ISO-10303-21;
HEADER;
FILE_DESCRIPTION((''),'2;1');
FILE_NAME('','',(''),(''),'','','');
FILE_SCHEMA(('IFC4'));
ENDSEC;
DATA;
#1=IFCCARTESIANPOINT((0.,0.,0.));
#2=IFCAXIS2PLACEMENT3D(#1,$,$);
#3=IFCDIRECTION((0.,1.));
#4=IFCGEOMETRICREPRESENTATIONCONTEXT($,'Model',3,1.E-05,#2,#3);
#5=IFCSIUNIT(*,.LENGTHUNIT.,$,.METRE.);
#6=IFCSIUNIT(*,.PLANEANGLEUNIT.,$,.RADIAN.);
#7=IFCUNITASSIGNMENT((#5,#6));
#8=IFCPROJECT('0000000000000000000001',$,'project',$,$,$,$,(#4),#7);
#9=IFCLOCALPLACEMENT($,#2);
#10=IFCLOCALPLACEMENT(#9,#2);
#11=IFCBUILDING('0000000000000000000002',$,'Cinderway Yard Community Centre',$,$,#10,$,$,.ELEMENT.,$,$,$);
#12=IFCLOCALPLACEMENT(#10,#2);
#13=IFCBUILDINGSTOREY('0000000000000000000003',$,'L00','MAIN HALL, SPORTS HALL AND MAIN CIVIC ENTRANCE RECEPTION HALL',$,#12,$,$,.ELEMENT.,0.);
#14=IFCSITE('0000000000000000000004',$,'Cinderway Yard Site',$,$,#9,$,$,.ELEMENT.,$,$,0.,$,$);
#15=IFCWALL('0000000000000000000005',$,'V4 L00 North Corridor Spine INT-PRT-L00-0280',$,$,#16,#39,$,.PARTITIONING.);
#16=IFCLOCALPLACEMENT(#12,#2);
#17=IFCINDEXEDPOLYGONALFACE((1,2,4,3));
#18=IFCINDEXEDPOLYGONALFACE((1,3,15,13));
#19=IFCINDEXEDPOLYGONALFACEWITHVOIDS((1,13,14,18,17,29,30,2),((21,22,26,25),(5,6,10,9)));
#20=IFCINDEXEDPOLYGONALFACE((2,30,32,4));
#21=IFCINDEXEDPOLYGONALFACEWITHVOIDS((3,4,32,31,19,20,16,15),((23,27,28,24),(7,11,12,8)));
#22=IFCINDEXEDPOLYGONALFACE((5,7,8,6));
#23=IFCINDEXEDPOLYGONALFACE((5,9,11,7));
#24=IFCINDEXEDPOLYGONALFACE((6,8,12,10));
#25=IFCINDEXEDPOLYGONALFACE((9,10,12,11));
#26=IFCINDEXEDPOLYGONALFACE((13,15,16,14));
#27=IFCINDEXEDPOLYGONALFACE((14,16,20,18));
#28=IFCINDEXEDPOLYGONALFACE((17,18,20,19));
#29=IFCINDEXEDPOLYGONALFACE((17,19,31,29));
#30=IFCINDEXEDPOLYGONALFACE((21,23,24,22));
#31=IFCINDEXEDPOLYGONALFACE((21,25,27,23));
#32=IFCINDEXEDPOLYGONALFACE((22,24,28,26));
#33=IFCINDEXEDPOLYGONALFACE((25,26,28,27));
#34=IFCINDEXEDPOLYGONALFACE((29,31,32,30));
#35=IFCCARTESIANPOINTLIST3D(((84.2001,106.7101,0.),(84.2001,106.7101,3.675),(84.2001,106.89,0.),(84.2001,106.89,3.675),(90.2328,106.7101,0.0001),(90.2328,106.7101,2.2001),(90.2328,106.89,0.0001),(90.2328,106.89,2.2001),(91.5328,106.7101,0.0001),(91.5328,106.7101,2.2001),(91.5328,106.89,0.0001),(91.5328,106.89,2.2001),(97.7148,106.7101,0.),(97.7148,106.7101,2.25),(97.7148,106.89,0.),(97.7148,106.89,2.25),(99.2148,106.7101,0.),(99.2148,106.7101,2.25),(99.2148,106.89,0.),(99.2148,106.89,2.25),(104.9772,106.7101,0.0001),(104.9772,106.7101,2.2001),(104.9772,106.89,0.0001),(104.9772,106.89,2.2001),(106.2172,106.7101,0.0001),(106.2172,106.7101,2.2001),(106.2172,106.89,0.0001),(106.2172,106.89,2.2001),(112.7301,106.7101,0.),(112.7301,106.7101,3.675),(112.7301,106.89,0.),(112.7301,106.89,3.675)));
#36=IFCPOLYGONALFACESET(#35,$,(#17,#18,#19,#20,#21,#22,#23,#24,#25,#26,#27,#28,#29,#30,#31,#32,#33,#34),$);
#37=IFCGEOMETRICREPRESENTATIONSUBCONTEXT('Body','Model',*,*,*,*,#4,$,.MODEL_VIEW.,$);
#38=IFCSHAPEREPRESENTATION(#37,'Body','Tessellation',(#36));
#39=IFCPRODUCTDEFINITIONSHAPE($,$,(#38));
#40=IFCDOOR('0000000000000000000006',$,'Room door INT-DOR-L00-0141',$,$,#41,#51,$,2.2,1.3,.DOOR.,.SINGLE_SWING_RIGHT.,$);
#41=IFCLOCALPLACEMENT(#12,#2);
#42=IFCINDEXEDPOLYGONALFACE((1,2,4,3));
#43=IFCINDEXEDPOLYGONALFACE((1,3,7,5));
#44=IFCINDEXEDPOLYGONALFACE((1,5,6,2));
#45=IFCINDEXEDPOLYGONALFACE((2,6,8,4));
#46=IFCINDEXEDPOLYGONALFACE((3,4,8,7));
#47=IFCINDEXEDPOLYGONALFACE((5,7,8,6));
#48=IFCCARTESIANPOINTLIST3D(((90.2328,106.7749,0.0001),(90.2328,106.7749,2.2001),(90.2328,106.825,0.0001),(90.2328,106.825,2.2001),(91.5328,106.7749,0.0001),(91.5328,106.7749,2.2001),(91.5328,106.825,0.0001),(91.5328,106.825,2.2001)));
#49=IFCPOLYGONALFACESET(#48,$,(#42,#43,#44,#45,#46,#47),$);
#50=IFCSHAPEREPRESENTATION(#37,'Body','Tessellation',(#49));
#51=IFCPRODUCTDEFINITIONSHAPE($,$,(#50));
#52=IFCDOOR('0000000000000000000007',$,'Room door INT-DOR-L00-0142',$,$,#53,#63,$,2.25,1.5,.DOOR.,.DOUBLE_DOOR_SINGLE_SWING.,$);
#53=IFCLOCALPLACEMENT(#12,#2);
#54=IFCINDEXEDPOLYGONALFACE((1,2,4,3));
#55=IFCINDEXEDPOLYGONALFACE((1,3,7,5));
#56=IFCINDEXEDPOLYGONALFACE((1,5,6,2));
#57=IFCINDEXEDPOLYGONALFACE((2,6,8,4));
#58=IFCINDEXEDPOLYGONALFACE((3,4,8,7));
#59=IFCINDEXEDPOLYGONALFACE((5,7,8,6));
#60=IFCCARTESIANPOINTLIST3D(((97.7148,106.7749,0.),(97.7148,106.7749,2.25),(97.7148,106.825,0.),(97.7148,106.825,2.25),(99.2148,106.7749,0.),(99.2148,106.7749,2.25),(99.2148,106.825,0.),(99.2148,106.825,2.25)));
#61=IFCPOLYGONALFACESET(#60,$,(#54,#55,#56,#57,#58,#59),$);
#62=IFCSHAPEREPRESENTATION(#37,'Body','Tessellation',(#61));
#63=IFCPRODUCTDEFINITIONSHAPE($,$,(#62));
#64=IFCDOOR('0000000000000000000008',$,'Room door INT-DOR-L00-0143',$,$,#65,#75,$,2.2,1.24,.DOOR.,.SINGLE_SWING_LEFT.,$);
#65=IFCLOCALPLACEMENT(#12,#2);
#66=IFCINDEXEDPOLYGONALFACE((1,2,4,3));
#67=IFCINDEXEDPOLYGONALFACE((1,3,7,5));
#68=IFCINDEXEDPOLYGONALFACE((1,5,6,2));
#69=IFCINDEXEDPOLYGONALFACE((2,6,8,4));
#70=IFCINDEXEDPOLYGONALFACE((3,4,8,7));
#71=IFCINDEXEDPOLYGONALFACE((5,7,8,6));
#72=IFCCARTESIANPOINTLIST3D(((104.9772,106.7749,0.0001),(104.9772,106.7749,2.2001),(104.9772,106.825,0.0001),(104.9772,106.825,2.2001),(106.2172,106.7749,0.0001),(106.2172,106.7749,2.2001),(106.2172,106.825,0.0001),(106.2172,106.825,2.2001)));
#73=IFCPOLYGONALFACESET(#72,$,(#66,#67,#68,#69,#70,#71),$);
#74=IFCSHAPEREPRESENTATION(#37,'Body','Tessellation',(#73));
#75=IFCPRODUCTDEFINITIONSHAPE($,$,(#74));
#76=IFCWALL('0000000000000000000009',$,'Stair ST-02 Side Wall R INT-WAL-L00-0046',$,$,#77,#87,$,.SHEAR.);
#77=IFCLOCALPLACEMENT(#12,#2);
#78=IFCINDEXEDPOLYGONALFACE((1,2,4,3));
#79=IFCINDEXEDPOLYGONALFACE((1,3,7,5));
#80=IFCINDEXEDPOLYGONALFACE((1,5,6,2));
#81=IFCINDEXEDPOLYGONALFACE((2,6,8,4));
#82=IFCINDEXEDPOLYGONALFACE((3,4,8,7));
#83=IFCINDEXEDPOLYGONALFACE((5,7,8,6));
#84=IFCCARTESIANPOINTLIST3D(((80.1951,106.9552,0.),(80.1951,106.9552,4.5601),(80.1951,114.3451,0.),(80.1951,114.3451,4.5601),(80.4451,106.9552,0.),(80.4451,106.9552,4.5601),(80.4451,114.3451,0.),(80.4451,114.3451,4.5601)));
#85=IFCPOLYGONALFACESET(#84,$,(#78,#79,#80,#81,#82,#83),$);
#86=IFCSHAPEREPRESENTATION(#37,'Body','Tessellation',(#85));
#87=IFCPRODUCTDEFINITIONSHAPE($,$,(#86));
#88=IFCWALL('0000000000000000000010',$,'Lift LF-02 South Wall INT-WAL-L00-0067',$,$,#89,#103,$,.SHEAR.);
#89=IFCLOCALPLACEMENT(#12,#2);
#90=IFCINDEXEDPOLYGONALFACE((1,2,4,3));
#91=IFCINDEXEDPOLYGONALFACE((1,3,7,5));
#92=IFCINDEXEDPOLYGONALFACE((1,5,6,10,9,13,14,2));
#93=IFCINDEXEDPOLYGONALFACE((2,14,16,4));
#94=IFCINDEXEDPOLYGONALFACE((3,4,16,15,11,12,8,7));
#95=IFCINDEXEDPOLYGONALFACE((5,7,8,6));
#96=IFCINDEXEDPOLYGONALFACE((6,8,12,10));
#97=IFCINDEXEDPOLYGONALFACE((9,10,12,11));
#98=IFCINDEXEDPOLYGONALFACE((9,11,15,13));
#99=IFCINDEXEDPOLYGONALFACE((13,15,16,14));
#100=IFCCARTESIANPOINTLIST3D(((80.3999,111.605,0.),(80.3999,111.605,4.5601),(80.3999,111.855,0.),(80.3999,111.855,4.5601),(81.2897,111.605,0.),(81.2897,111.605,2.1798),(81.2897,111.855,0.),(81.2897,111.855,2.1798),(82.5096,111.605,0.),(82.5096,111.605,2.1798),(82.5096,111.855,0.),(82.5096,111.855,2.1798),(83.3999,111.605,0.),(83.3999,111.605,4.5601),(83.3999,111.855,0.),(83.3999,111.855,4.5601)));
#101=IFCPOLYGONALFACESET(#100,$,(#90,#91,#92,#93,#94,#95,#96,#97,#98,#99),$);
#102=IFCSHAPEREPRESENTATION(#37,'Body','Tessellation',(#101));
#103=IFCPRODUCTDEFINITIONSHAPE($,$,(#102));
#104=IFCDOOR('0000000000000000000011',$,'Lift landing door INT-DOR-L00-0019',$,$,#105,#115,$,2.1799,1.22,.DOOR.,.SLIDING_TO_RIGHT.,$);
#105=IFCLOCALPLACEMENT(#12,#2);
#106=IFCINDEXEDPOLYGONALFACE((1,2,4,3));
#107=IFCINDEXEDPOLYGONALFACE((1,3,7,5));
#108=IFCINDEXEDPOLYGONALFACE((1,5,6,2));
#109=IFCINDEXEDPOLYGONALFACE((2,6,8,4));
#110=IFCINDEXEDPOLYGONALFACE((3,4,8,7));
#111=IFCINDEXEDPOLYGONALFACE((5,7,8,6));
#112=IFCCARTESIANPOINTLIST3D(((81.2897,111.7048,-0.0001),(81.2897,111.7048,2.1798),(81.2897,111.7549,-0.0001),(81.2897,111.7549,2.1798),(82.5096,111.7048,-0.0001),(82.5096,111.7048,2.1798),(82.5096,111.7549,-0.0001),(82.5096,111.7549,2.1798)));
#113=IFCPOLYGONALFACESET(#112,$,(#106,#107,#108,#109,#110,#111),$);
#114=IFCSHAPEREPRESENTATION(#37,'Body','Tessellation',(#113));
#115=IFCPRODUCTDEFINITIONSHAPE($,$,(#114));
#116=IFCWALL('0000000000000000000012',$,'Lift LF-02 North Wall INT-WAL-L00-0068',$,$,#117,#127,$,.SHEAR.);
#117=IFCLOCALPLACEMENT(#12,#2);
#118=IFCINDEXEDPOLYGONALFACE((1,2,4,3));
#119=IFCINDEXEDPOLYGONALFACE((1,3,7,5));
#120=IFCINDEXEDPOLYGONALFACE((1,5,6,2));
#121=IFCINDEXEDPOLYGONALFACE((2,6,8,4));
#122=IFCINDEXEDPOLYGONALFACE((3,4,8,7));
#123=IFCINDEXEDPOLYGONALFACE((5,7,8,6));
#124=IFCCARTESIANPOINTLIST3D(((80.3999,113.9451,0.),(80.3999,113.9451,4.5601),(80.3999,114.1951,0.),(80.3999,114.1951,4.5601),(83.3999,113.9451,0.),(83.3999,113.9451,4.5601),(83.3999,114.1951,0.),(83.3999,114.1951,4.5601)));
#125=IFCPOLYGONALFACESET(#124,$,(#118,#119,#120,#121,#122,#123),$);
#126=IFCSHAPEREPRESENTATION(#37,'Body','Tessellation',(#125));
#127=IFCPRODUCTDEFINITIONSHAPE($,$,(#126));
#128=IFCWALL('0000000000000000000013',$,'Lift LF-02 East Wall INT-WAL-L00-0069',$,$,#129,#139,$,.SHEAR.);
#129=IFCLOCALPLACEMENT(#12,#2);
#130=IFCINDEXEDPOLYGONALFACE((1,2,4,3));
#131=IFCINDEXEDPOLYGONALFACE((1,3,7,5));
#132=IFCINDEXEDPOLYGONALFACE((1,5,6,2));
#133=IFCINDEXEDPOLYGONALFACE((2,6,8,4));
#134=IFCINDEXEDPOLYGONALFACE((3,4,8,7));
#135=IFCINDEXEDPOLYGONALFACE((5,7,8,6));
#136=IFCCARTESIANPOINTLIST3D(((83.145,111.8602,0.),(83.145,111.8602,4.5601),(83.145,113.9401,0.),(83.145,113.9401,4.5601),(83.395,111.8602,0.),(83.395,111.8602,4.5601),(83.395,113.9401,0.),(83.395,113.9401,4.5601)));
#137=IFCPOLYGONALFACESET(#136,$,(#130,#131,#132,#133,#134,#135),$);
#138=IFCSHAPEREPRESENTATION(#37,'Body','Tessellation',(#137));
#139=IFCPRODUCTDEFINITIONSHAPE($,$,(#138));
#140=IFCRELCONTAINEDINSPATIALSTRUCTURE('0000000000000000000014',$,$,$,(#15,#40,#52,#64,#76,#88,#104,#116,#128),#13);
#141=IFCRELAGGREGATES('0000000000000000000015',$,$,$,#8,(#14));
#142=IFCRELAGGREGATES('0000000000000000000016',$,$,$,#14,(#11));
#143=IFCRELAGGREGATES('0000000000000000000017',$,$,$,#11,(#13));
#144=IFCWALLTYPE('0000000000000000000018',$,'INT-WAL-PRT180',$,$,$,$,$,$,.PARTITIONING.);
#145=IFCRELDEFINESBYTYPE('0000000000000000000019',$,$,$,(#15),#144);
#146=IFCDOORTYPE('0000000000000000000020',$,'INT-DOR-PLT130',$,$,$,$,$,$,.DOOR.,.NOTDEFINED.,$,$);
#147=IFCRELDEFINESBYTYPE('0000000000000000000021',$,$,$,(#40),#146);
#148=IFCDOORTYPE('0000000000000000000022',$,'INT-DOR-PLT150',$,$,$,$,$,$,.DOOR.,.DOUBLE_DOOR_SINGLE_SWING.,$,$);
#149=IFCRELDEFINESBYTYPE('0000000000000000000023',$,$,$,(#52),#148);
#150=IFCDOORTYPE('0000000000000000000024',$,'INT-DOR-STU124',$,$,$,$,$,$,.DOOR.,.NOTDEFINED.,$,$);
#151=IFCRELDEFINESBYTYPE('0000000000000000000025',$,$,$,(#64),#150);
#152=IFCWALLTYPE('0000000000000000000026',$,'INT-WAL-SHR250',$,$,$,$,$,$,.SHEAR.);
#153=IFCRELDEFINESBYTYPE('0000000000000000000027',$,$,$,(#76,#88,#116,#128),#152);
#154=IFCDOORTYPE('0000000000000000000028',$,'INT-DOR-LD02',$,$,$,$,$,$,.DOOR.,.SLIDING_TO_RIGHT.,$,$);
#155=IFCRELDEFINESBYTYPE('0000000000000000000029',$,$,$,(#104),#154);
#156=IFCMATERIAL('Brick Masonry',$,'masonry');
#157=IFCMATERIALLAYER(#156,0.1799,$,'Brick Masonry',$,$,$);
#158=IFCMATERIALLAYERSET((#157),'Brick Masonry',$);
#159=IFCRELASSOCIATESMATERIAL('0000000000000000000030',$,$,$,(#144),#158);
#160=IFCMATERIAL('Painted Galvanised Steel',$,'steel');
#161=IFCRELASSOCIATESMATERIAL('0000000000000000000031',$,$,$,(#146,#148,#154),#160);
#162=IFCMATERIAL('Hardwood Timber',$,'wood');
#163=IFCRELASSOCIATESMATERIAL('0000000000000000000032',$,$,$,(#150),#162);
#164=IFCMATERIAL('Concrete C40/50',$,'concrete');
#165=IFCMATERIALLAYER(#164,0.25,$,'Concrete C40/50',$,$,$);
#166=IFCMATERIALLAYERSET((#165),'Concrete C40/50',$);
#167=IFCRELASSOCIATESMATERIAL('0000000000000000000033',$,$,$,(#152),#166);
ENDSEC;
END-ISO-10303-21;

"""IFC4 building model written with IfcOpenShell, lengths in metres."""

from ifc_helpers import new_model, si_unit, direction, frame, frame_2d, origin, place, context, subcontext, project, spatial, rectangle, extrude, material, layer, layer_set, type_object, element, fill, save


model = new_model("IFC4")

# Units and contexts
model_context = context("Model", 3, precision=1e-05, world=origin(), true_north=direction((0.0, 1.0)))
body_context = subcontext(model_context, "Body", "Model", "MODEL_VIEW")
ifc_project = project(units=[si_unit("LENGTHUNIT", "METRE"), si_unit("PLANEANGLEUNIT", "RADIAN")], contexts=[model_context])

# Site, building, storey
site_placement = place(None, origin())
site = spatial("IfcSite", under=ifc_project, at=site_placement, Name="Cinderway Yard Site", CompositionType="ELEMENT", RefElevation=0.0)
building_placement = place(site_placement, origin())
building = spatial("IfcBuilding", under=site, at=building_placement, Name="Cinderway Yard Community Centre", CompositionType="ELEMENT")
storey_placement = place(building_placement, origin())
storey = spatial("IfcBuildingStorey", under=building, at=storey_placement, Name="L00", Description="MAIN HALL, SPORTS HALL AND MAIN CIVIC ENTRANCE RECEPTION HALL", CompositionType="ELEMENT", Elevation=0.0)

# Shared definitions
ifc_material_1 = material(Name="Concrete C40/50", Category="concrete")

# Wall, openings, doors
ifc_material_2 = material(Name="Brick Masonry", Category="masonry")
ifc_layer_1 = layer(ifc_material_2, 0.1799, Name="Brick Masonry")
ifc_layer_set_1 = layer_set([ifc_layer_1], Name="Brick Masonry")
wall_type_1 = type_object("IfcWallType", Name="INT-WAL-PRT180", PredefinedType="PARTITIONING", material=ifc_layer_set_1)
wall_1_placement = place(storey_placement, frame((84.2, 106.8, 0.0), z_axis=(0.0, 0.0, 1.0), x_axis=(1.0, 0.0, 0.0)))
wall_1 = element("IfcWall", 1, at=wall_1_placement, inside=storey, type_object=wall_type_1, Name="V4 L00 North Corridor Spine INT-PRT-L00-0280", PredefinedType="PARTITIONING", context=body_context, shape_type="SweptSolid", body=[
    extrude(rectangle(XDim=28.53, YDim=0.1799, at=frame_2d((14.2651, 0.0))), origin(), (0.0, 0.0, 1.0), 3.675),
])
opening_1_placement = place(wall_1_placement, frame((6.033, 0.0, 0.0)))
opening_1 = element("IfcOpeningElement", 2, at=opening_1_placement, cuts=wall_1, PredefinedType="OPENING", context=body_context, shape_type="SweptSolid", body=[
    extrude(rectangle(XDim=1.3, YDim=2.2, at=frame_2d((0.6499, 1.1001))), frame((0.0, 0.0999, 0.0), z_axis=(0.0, -1.0, 0.0), x_axis=(1.0, 0.0, 0.0)), (0.0, 0.0, 1.0), 0.2),
])
opening_2_placement = place(wall_1_placement, frame((13.5149, 0.0, 0.0)))
opening_2 = element("IfcOpeningElement", 3, at=opening_2_placement, cuts=wall_1, PredefinedType="OPENING", context=body_context, shape_type="SweptSolid", body=[
    extrude(rectangle(XDim=1.5, YDim=2.25, at=frame_2d((0.75, 1.125))), frame((0.0, 0.0999, 0.0), z_axis=(0.0, -1.0, 0.0), x_axis=(1.0, 0.0, 0.0)), (0.0, 0.0, 1.0), 0.2),
])
opening_3_placement = place(wall_1_placement, frame((20.7771, 0.0, 0.0)))
opening_3 = element("IfcOpeningElement", 4, at=opening_3_placement, cuts=wall_1, PredefinedType="OPENING", context=body_context, shape_type="SweptSolid", body=[
    extrude(rectangle(XDim=1.24, YDim=2.2, at=frame_2d((0.6201, 1.1001))), frame((0.0, 0.0999, 0.0), z_axis=(0.0, -1.0, 0.0), x_axis=(1.0, 0.0, 0.0)), (0.0, 0.0, 1.0), 0.2),
])
ifc_material_3 = material(Name="Painted Galvanised Steel", Category="steel")
door_type_1 = type_object("IfcDoorType", Name="INT-DOR-PLT130", OperationType="NOTDEFINED", PredefinedType="DOOR", material=ifc_material_3)
door_1_placement = place(opening_1_placement, origin())
door_1 = element("IfcDoor", 5, at=door_1_placement, inside=storey, type_object=door_type_1, Name="Room door INT-DOR-L00-0141", OperationType="SINGLE_SWING_RIGHT", OverallHeight=2.2, OverallWidth=1.3, PredefinedType="DOOR", context=body_context, shape_type="SweptSolid", body=[
    extrude(rectangle(XDim=1.3, YDim=2.2, at=frame_2d((0.6499, 1.1001))), frame((0.0, 0.0249, 0.0), z_axis=(0.0, -1.0, 0.0), x_axis=(1.0, 0.0, 0.0)), (0.0, 0.0, 1.0), 0.05),
])
fill(opening_1, door_1)
door_type_2 = type_object("IfcDoorType", Name="INT-DOR-PLT150", OperationType="DOUBLE_DOOR_SINGLE_SWING", PredefinedType="DOOR", material=ifc_material_3)
door_2_placement = place(opening_2_placement, origin())
door_2 = element("IfcDoor", 6, at=door_2_placement, inside=storey, type_object=door_type_2, Name="Room door INT-DOR-L00-0142", OperationType="DOUBLE_DOOR_SINGLE_SWING", OverallHeight=2.25, OverallWidth=1.5, PredefinedType="DOOR", context=body_context, shape_type="SweptSolid", body=[
    extrude(rectangle(XDim=1.5, YDim=2.25, at=frame_2d((0.75, 1.125))), frame((0.0, 0.0249, 0.0), z_axis=(0.0, -1.0, 0.0), x_axis=(1.0, 0.0, 0.0)), (0.0, 0.0, 1.0), 0.05),
])
fill(opening_2, door_2)
ifc_material_4 = material(Name="Hardwood Timber", Category="wood")
door_type_3 = type_object("IfcDoorType", Name="INT-DOR-STU124", OperationType="NOTDEFINED", PredefinedType="DOOR", material=ifc_material_4)
door_3_placement = place(opening_3_placement, origin())
door_3 = element("IfcDoor", 7, at=door_3_placement, inside=storey, type_object=door_type_3, Name="Room door INT-DOR-L00-0143", OperationType="SINGLE_SWING_LEFT", OverallHeight=2.2, OverallWidth=1.24, PredefinedType="DOOR", context=body_context, shape_type="SweptSolid", body=[
    extrude(rectangle(XDim=1.24, YDim=2.2, at=frame_2d((0.6201, 1.1001))), frame((0.0, 0.0249, 0.0), z_axis=(0.0, -1.0, 0.0), x_axis=(1.0, 0.0, 0.0)), (0.0, 0.0, 1.0), 0.05),
])
fill(opening_3, door_3)

# Shared definitions
ifc_layer_2 = layer(ifc_material_1, 0.25, Name="Concrete C40/50")
ifc_layer_set_2 = layer_set([ifc_layer_2], Name="Concrete C40/50")
wall_type_2 = type_object("IfcWallType", Name="INT-WAL-SHR250", PredefinedType="SHEAR", material=ifc_layer_set_2)

# Wall
wall_2_placement = place(storey_placement, frame((80.3201, 114.345, 0.0), z_axis=(0.0, 0.0, 1.0), x_axis=(0.0, -1.0, 0.0)))
element("IfcWall", 8, at=wall_2_placement, inside=storey, type_object=wall_type_2, Name="Stair ST-02 Side Wall R INT-WAL-L00-0046", PredefinedType="SHEAR", context=body_context, shape_type="SweptSolid", body=[
    extrude(rectangle(XDim=7.3899, YDim=0.25, at=frame_2d((3.6948, 0.0))), origin(), (0.0, 0.0, 1.0), 4.5601),
])

# Wall, opening, door
wall_3_placement = place(storey_placement, frame((80.3999, 111.73, 0.0), z_axis=(0.0, 0.0, 1.0), x_axis=(1.0, 0.0, 0.0)))
wall_3 = element("IfcWall", 9, at=wall_3_placement, inside=storey, type_object=wall_type_2, Name="Lift LF-02 South Wall INT-WAL-L00-0067", PredefinedType="SHEAR", context=body_context, shape_type="SweptSolid", body=[
    extrude(rectangle(XDim=3.0, YDim=0.25, at=frame_2d((1.5, 0.0))), origin(), (0.0, 0.0, 1.0), 4.5601),
])
opening_4_placement = place(wall_3_placement, frame((0.8899, 0.0, 0.0)))
opening_4 = element("IfcOpeningElement", 10, at=opening_4_placement, cuts=wall_3, PredefinedType="OPENING", context=body_context, shape_type="SweptSolid", body=[
    extrude(rectangle(XDim=1.22, YDim=2.1799, at=frame_2d((0.6099, 1.0898))), frame((0.0, 0.135, 0.0), z_axis=(0.0, -1.0, 0.0), x_axis=(1.0, 0.0, 0.0)), (0.0, 0.0, 1.0), 0.27),
])
door_type_4 = type_object("IfcDoorType", Name="INT-DOR-LD02", OperationType="SLIDING_TO_RIGHT", PredefinedType="DOOR", material=ifc_material_3)
door_4_placement = place(opening_4_placement, origin())
door_4 = element("IfcDoor", 11, at=door_4_placement, inside=storey, type_object=door_type_4, Name="Lift landing door INT-DOR-L00-0019", OperationType="SLIDING_TO_RIGHT", OverallHeight=2.1799, OverallWidth=1.22, PredefinedType="DOOR", context=body_context, shape_type="SweptSolid", body=[
    extrude(rectangle(XDim=1.22, YDim=2.1799, at=frame_2d((0.6099, 1.0898))), frame((0.0, 0.0249, 0.0), z_axis=(0.0, -1.0, 0.0), x_axis=(1.0, 0.0, 0.0)), (0.0, 0.0, 1.0), 0.05),
])
fill(opening_4, door_4)

# Walls
wall_4_placement = place(storey_placement, frame((83.3999, 114.0701, 0.0), z_axis=(0.0, 0.0, 1.0), x_axis=(-1.0, 0.0, 0.0)))
element("IfcWall", 12, at=wall_4_placement, inside=storey, type_object=wall_type_2, Name="Lift LF-02 North Wall INT-WAL-L00-0068", PredefinedType="SHEAR", context=body_context, shape_type="SweptSolid", body=[
    extrude(rectangle(XDim=3.0, YDim=0.25, at=frame_2d((1.5, 0.0))), origin(), (0.0, 0.0, 1.0), 4.5601),
])
wall_5_placement = place(storey_placement, frame((83.27, 111.8601, 0.0), z_axis=(0.0, 0.0, 1.0), x_axis=(0.0, 1.0, 0.0)))
element("IfcWall", 13, at=wall_5_placement, inside=storey, type_object=wall_type_2, Name="Lift LF-02 East Wall INT-WAL-L00-0069", PredefinedType="SHEAR", context=body_context, shape_type="SweptSolid", body=[
    extrude(rectangle(XDim=2.0798, YDim=0.25, at=frame_2d((1.04, 0.0))), origin(), (0.0, 0.0, 1.0), 4.5601),
])

save(model, "model.ifc")
